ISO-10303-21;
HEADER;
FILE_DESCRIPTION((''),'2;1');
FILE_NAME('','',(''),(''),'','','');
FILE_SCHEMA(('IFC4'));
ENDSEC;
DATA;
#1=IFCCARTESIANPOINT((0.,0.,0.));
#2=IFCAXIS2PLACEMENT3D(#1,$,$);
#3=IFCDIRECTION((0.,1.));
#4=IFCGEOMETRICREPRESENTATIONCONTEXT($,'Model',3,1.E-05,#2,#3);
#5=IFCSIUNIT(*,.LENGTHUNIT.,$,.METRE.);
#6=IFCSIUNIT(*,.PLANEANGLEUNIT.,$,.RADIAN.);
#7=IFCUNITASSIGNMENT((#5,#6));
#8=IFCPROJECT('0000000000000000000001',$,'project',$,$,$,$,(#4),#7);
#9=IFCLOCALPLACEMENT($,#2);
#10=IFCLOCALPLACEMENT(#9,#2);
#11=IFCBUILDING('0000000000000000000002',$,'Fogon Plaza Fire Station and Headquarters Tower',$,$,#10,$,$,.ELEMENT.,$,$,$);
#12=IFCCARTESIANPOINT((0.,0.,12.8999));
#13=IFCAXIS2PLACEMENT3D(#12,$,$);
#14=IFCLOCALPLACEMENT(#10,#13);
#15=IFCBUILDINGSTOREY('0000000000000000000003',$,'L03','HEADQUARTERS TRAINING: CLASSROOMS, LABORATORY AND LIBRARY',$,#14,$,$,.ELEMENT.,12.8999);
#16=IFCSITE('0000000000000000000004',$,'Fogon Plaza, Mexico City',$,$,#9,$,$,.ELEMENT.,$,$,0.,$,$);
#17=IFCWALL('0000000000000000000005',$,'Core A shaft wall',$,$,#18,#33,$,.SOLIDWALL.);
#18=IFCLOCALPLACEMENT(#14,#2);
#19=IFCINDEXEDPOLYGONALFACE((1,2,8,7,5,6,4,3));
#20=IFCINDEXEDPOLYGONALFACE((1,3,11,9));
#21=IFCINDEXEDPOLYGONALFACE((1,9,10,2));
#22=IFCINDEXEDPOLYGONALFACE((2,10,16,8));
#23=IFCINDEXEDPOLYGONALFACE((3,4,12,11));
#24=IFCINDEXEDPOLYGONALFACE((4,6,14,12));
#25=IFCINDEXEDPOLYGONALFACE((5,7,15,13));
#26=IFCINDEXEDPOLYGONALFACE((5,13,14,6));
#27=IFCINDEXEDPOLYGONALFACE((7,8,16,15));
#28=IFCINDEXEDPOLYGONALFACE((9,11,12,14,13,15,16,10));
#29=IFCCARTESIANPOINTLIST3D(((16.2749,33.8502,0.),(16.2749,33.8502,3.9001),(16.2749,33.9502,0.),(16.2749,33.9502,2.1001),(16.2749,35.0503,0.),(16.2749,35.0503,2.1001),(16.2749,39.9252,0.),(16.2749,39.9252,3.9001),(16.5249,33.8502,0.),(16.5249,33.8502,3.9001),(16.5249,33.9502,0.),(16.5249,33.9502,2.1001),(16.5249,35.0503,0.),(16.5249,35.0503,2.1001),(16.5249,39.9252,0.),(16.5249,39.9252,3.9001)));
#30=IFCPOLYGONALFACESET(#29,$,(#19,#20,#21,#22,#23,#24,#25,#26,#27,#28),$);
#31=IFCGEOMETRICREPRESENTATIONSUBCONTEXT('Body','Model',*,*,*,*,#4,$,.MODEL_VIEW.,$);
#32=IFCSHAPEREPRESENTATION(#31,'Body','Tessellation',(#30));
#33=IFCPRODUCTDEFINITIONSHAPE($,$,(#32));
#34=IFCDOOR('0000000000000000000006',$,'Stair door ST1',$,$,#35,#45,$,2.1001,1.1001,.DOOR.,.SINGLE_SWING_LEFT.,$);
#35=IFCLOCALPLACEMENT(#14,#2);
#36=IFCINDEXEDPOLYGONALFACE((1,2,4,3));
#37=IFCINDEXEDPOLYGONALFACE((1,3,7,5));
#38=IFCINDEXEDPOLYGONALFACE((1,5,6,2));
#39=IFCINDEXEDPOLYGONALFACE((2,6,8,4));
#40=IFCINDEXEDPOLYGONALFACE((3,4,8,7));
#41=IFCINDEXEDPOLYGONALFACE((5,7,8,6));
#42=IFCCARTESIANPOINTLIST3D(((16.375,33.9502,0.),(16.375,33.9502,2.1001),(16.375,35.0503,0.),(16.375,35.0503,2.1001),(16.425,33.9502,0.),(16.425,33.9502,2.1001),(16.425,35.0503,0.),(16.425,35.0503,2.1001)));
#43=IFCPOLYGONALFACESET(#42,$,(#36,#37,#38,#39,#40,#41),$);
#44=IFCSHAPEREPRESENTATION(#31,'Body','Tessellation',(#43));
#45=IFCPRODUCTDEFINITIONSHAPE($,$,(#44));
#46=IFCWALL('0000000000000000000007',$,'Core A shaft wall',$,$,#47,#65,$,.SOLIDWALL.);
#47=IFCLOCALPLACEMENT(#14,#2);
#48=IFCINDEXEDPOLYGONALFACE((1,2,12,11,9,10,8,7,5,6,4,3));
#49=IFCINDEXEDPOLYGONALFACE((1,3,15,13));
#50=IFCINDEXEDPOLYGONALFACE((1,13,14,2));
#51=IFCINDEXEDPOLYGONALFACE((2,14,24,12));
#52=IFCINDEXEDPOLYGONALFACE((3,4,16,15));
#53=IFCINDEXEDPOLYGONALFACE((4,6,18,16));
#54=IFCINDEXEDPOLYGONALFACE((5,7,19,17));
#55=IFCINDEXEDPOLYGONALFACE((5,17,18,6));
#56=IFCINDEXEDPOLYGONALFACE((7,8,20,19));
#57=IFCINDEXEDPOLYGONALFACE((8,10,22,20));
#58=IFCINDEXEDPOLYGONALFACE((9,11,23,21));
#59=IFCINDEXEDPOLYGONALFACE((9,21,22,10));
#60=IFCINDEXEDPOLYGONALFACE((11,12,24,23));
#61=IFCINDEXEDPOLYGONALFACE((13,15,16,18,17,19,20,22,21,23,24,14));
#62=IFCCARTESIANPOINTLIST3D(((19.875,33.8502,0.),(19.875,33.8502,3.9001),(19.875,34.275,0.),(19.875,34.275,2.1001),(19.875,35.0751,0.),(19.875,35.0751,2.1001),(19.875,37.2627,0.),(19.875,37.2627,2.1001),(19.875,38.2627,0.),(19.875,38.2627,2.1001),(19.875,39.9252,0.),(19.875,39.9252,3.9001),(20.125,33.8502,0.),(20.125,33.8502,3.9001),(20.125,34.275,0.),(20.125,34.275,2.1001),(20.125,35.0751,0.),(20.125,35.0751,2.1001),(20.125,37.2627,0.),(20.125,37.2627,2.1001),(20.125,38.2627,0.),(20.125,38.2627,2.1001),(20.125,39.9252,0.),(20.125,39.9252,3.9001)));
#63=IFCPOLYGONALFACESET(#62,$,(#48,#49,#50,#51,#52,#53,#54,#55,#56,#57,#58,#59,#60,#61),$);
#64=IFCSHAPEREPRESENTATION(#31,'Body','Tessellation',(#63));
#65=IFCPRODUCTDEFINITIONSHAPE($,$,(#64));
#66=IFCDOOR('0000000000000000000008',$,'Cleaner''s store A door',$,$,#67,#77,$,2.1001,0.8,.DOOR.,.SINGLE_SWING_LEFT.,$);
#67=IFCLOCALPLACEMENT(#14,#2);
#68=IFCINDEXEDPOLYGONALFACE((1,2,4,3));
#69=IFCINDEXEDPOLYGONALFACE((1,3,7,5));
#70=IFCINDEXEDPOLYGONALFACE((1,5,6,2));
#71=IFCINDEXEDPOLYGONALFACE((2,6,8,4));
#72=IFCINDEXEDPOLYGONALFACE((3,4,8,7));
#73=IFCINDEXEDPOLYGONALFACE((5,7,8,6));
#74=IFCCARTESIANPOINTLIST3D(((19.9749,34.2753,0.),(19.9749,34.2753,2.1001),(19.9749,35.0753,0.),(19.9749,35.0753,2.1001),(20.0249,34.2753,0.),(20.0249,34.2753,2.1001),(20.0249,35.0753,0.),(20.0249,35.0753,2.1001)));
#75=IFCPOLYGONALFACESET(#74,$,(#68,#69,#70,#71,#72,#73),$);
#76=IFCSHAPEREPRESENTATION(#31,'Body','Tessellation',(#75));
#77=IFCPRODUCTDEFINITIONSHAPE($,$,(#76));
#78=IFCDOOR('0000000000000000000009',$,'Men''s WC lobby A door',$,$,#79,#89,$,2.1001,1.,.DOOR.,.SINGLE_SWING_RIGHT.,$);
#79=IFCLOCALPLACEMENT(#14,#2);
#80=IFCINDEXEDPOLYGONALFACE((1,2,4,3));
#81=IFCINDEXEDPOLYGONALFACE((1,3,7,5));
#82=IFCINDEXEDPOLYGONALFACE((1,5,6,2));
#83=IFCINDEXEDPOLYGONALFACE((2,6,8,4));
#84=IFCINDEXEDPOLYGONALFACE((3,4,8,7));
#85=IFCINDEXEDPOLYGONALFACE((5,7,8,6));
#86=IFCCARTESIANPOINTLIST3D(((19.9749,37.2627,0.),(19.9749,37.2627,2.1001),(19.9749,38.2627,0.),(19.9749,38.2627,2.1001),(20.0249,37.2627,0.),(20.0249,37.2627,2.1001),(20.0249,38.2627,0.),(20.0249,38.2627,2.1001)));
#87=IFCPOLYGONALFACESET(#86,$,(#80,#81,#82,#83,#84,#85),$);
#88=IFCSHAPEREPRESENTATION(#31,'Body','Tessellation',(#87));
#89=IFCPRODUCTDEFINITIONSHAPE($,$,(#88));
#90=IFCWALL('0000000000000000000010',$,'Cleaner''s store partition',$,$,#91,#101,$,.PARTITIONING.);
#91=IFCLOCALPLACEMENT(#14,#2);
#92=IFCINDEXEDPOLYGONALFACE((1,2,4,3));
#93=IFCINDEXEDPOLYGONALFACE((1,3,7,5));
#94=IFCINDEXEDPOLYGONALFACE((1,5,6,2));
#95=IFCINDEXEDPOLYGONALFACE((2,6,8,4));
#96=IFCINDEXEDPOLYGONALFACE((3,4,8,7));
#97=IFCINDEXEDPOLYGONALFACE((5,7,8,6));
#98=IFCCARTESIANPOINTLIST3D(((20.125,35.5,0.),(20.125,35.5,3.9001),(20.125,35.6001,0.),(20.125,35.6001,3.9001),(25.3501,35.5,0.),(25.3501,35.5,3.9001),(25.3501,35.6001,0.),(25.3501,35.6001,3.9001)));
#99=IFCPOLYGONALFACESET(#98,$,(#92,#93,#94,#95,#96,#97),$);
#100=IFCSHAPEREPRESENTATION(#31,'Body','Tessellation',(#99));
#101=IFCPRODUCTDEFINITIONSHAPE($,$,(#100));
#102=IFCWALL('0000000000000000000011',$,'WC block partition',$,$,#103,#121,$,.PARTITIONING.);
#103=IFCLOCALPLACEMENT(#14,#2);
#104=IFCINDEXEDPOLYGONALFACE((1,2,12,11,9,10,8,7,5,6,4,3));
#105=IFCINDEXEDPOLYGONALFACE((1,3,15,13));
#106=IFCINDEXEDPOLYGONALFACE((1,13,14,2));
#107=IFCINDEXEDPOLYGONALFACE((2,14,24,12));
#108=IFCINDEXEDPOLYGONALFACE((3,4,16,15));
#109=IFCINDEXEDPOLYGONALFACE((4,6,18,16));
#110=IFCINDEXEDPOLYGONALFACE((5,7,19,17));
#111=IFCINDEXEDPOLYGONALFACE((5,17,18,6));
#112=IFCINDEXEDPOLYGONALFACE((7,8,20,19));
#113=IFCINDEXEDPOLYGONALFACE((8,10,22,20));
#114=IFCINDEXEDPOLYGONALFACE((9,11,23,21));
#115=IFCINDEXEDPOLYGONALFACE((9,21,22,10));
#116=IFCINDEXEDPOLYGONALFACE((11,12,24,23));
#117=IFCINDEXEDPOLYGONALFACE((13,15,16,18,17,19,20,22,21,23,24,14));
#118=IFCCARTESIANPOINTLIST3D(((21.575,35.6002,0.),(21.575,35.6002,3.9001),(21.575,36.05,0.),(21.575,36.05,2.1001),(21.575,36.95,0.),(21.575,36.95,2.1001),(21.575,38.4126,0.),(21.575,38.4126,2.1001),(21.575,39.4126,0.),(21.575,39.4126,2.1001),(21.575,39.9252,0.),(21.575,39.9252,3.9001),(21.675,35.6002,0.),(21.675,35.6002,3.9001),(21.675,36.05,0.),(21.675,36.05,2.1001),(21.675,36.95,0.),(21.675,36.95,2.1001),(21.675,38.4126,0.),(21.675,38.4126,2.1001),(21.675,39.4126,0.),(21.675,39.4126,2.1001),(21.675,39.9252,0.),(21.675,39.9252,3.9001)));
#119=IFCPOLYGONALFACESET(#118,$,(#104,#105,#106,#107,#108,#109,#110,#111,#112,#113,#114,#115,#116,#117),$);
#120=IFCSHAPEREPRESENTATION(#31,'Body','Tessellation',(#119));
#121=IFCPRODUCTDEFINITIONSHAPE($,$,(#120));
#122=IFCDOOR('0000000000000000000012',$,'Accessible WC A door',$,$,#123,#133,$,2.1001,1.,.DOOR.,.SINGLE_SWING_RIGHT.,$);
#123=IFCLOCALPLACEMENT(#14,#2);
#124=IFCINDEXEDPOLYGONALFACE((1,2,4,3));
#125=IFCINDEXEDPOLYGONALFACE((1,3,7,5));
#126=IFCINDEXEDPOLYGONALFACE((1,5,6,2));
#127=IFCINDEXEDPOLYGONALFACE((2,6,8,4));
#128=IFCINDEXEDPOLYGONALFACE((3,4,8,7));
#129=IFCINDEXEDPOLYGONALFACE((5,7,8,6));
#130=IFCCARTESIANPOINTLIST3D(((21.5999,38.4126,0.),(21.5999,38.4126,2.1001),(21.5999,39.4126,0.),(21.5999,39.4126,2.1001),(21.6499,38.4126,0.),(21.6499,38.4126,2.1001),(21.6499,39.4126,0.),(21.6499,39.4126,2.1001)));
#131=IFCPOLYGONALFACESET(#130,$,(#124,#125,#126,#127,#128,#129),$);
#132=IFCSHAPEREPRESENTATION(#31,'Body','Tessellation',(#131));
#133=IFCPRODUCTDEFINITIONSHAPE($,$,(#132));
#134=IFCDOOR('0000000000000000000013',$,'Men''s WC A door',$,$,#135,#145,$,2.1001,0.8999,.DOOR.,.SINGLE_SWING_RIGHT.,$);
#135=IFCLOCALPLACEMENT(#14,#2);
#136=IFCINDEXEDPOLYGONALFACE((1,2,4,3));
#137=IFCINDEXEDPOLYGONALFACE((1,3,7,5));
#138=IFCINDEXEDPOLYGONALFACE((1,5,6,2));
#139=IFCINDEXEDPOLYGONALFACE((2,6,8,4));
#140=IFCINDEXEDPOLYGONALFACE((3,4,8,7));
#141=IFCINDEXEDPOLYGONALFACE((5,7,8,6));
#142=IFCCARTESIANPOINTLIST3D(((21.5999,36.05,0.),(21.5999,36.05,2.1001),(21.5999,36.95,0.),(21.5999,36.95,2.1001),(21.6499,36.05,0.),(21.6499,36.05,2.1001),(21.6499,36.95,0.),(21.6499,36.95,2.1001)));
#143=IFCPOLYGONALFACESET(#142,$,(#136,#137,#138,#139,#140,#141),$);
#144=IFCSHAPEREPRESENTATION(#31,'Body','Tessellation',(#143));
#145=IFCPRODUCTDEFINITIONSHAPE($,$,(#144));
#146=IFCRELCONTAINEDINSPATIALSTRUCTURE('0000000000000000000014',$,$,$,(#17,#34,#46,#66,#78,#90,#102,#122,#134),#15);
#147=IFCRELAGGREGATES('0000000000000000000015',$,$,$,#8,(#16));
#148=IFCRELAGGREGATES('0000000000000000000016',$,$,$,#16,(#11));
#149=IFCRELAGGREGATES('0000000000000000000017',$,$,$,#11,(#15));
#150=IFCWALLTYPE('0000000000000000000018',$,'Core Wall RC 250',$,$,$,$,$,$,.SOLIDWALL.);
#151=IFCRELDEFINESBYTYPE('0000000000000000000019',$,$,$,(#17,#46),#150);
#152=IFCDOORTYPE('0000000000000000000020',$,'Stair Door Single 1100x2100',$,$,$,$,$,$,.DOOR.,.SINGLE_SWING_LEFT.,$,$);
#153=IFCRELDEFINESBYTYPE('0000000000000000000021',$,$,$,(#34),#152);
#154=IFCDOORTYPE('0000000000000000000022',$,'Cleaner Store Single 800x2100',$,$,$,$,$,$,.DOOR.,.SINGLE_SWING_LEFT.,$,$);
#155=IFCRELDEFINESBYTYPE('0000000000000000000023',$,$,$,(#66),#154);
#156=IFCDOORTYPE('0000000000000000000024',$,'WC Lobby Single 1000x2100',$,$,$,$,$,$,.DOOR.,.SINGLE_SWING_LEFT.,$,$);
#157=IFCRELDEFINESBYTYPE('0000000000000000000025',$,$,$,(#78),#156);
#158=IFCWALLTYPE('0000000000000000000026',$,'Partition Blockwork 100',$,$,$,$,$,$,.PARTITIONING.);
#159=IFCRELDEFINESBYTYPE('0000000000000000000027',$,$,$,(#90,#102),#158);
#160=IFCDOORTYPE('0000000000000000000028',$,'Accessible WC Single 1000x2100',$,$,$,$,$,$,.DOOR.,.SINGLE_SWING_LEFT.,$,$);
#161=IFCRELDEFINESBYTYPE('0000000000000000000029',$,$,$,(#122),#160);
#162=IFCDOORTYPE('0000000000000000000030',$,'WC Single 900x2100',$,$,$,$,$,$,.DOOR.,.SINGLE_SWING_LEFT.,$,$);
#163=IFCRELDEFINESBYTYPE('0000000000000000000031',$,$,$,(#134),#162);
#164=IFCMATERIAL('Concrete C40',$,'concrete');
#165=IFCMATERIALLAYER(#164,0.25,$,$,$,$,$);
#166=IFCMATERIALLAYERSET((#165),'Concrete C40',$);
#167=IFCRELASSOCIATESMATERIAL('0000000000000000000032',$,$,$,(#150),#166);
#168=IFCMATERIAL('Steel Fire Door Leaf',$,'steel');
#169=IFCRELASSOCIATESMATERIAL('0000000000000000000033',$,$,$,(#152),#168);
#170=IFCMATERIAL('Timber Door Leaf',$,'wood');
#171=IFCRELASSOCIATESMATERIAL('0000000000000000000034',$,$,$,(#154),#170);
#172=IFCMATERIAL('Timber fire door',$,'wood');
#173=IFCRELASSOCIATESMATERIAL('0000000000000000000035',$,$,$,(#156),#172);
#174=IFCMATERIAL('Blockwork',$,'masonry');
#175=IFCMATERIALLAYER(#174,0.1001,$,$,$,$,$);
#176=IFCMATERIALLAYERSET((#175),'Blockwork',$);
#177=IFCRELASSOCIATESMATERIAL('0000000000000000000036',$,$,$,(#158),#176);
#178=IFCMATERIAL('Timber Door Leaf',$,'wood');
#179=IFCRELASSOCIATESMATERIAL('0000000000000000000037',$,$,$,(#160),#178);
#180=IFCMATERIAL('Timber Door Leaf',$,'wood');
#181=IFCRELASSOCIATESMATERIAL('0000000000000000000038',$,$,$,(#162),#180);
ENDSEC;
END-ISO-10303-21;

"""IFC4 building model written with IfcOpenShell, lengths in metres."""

from ifc_helpers import new_model, si_unit, direction, frame, frame_2d, origin, place, context, subcontext, project, spatial, rectangle, extrude, material, layer, layer_set, type_object, element, fill, save


model = new_model("IFC4")

# Units and contexts
model_context = context("Model", 3, precision=1e-05, world=origin(), true_north=direction((0.0, 1.0)))
body_context = subcontext(model_context, "Body", "Model", "MODEL_VIEW")
ifc_project = project(units=[si_unit("LENGTHUNIT", "METRE"), si_unit("PLANEANGLEUNIT", "RADIAN")], contexts=[model_context])

# Site, building, storey
site_placement = place(None, origin())
site = spatial("IfcSite", under=ifc_project, at=site_placement, Name="Fogon Plaza, Mexico City", CompositionType="ELEMENT", RefElevation=0.0)
building_placement = place(site_placement, origin())
building = spatial("IfcBuilding", under=site, at=building_placement, Name="Fogon Plaza Fire Station and Headquarters Tower", CompositionType="ELEMENT")
storey_placement = place(building_placement, frame((0.0, 0.0, 12.8999)))
storey = spatial("IfcBuildingStorey", under=building, at=storey_placement, Name="L03", Description="HEADQUARTERS TRAINING: CLASSROOMS, LABORATORY AND LIBRARY", CompositionType="ELEMENT", Elevation=12.8999)

# Wall, opening, door
ifc_material_1 = material(Name="Concrete C40", Category="concrete")
ifc_layer_1 = layer(ifc_material_1, 0.25)
ifc_layer_set_1 = layer_set([ifc_layer_1], Name="Concrete C40")
wall_type_1 = type_object("IfcWallType", Name="Core Wall RC 250", PredefinedType="SOLIDWALL", material=ifc_layer_set_1)
wall_1_placement = place(storey_placement, frame((16.3999, 33.8501, 0.0), z_axis=(0.0, 0.0, 1.0), x_axis=(0.0, 1.0, 0.0)))
wall_1 = element("IfcWall", 1, at=wall_1_placement, inside=storey, type_object=wall_type_1, Name="Core A shaft wall", PredefinedType="SOLIDWALL", context=body_context, shape_type="SweptSolid", body=[
    extrude(rectangle(XDim=6.075, YDim=0.25, at=frame_2d((3.0376, 0.0))), origin(), (0.0, 0.0, 1.0), 3.9001),
])
opening_1_placement = place(wall_1_placement, frame((0.1001, 0.0, 0.0)))
opening_1 = element("IfcOpeningElement", 2, at=opening_1_placement, cuts=wall_1, PredefinedType="OPENING", context=body_context, shape_type="SweptSolid", body=[
    extrude(rectangle(XDim=1.1001, YDim=2.1001, at=frame_2d((0.55, 1.05))), frame((0.0, 0.135, 0.0), z_axis=(0.0, -1.0, 0.0), x_axis=(1.0, 0.0, 0.0)), (0.0, 0.0, 1.0), 0.27),
])
ifc_material_2 = material(Name="Steel Fire Door Leaf", Category="steel")
door_type_1 = type_object("IfcDoorType", Name="Stair Door Single 1100x2100", OperationType="SINGLE_SWING_LEFT", PredefinedType="DOOR", material=ifc_material_2)
door_1_placement = place(opening_1_placement, origin())
door_1 = element("IfcDoor", 3, at=door_1_placement, inside=storey, type_object=door_type_1, Name="Stair door ST1", OperationType="SINGLE_SWING_LEFT", OverallHeight=2.1001, OverallWidth=1.1001, PredefinedType="DOOR", context=body_context, shape_type="SweptSolid", body=[
    extrude(rectangle(XDim=1.1001, YDim=2.1001, at=frame_2d((0.55, 1.05))), frame((0.0, 0.0249, 0.0), z_axis=(0.0, -1.0, 0.0), x_axis=(1.0, 0.0, 0.0)), (0.0, 0.0, 1.0), 0.05),
])
fill(opening_1, door_1)

# Wall, openings, doors
wall_2_placement = place(storey_placement, frame((20.0, 33.8501, 0.0), z_axis=(0.0, 0.0, 1.0), x_axis=(0.0, 1.0, 0.0)))
wall_2 = element("IfcWall", 4, at=wall_2_placement, inside=storey, type_object=wall_type_1, Name="Core A shaft wall", PredefinedType="SOLIDWALL", context=body_context, shape_type="SweptSolid", body=[
    extrude(rectangle(XDim=6.075, YDim=0.25, at=frame_2d((3.0376, 0.0))), origin(), (0.0, 0.0, 1.0), 3.9001),
])
opening_2_placement = place(wall_2_placement, frame((0.425, 0.0, 0.0)))
opening_2 = element("IfcOpeningElement", 5, at=opening_2_placement, cuts=wall_2, PredefinedType="OPENING", context=body_context, shape_type="SweptSolid", body=[
    extrude(rectangle(XDim=0.8, YDim=2.1001, at=frame_2d((0.3999, 1.05))), frame((0.0, 0.135, 0.0), z_axis=(0.0, -1.0, 0.0), x_axis=(1.0, 0.0, 0.0)), (0.0, 0.0, 1.0), 0.27),
])
opening_3_placement = place(wall_2_placement, frame((3.4126, 0.0, 0.0)))
opening_3 = element("IfcOpeningElement", 6, at=opening_3_placement, cuts=wall_2, PredefinedType="OPENING", context=body_context, shape_type="SweptSolid", body=[
    extrude(rectangle(XDim=1.0, YDim=2.1001, at=frame_2d((0.5, 1.05))), frame((0.0, 0.135, 0.0), z_axis=(0.0, -1.0, 0.0), x_axis=(1.0, 0.0, 0.0)), (0.0, 0.0, 1.0), 0.27),
])
ifc_material_3 = material(Name="Timber Door Leaf", Category="wood")
door_type_2 = type_object("IfcDoorType", Name="Cleaner Store Single 800x2100", OperationType="SINGLE_SWING_LEFT", PredefinedType="DOOR", material=ifc_material_3)
door_2_placement = place(opening_2_placement, frame((0.8, 0.0, 0.0), z_axis=(0.0, 0.0, 1.0), x_axis=(-1.0, 0.0, 0.0)))
door_2 = element("IfcDoor", 7, at=door_2_placement, inside=storey, type_object=door_type_2, Name="Cleaner's store A door", OperationType="SINGLE_SWING_LEFT", OverallHeight=2.1001, OverallWidth=0.8, PredefinedType="DOOR", context=body_context, shape_type="SweptSolid", body=[
    extrude(rectangle(XDim=0.8, YDim=2.1001, at=frame_2d((0.3999, 1.05))), frame((0.0, 0.0249, 0.0), z_axis=(0.0, -1.0, 0.0), x_axis=(1.0, 0.0, 0.0)), (0.0, 0.0, 1.0), 0.05),
])
fill(opening_2, door_2)
ifc_material_4 = material(Name="Timber fire door", Category="wood")
door_type_3 = type_object("IfcDoorType", Name="WC Lobby Single 1000x2100", OperationType="SINGLE_SWING_LEFT", PredefinedType="DOOR", material=ifc_material_4)
door_3_placement = place(opening_3_placement, frame((1.0, 0.0, 0.0), z_axis=(0.0, 0.0, 1.0), x_axis=(-1.0, 0.0, 0.0)))
door_3 = element("IfcDoor", 8, at=door_3_placement, inside=storey, type_object=door_type_3, Name="Men's WC lobby A door", OperationType="SINGLE_SWING_RIGHT", OverallHeight=2.1001, OverallWidth=1.0, PredefinedType="DOOR", context=body_context, shape_type="SweptSolid", body=[
    extrude(rectangle(XDim=1.0, YDim=2.1001, at=frame_2d((0.5, 1.05))), frame((0.0, 0.0249, 0.0), z_axis=(0.0, -1.0, 0.0), x_axis=(1.0, 0.0, 0.0)), (0.0, 0.0, 1.0), 0.05),
])
fill(opening_3, door_3)

# Wall
ifc_material_5 = material(Name="Blockwork", Category="masonry")
ifc_layer_2 = layer(ifc_material_5, 0.1001)
ifc_layer_set_2 = layer_set([ifc_layer_2], Name="Blockwork")
wall_type_2 = type_object("IfcWallType", Name="Partition Blockwork 100", PredefinedType="PARTITIONING", material=ifc_layer_set_2)
wall_3_placement = place(storey_placement, frame((20.125, 35.55, 0.0), z_axis=(0.0, 0.0, 1.0), x_axis=(1.0, 0.0, 0.0)))
element("IfcWall", 9, at=wall_3_placement, inside=storey, type_object=wall_type_2, Name="Cleaner's store partition", PredefinedType="PARTITIONING", context=body_context, shape_type="SweptSolid", body=[
    extrude(rectangle(XDim=5.2251, YDim=0.1001, at=frame_2d((2.6125, 0.0))), origin(), (0.0, 0.0, 1.0), 3.9001),
])

# Wall, openings, doors
wall_4_placement = place(storey_placement, frame((21.625, 35.6001, 0.0), z_axis=(0.0, 0.0, 1.0), x_axis=(0.0, 1.0, 0.0)))
wall_4 = element("IfcWall", 10, at=wall_4_placement, inside=storey, type_object=wall_type_2, Name="WC block partition", PredefinedType="PARTITIONING", context=body_context, shape_type="SweptSolid", body=[
    extrude(rectangle(XDim=4.325, YDim=0.1001, at=frame_2d((2.1626, 0.0))), origin(), (0.0, 0.0, 1.0), 3.9001),
])
opening_4_placement = place(wall_4_placement, frame((0.45, 0.0, 0.0)))
opening_4 = element("IfcOpeningElement", 11, at=opening_4_placement, cuts=wall_4, PredefinedType="OPENING", context=body_context, shape_type="SweptSolid", body=[
    extrude(rectangle(XDim=0.8999, YDim=2.1001, at=frame_2d((0.45, 1.05))), frame((0.0, 0.0601, 0.0), z_axis=(0.0, -1.0, 0.0), x_axis=(1.0, 0.0, 0.0)), (0.0, 0.0, 1.0), 0.1201),
])
opening_5_placement = place(wall_4_placement, frame((2.8125, 0.0, 0.0)))
opening_5 = element("IfcOpeningElement", 12, at=opening_5_placement, cuts=wall_4, PredefinedType="OPENING", context=body_context, shape_type="SweptSolid", body=[
    extrude(rectangle(XDim=1.0, YDim=2.1001, at=frame_2d((0.5, 1.05))), frame((0.0, 0.0601, 0.0), z_axis=(0.0, -1.0, 0.0), x_axis=(1.0, 0.0, 0.0)), (0.0, 0.0, 1.0), 0.1201),
])
ifc_material_6 = material(Name="Timber Door Leaf", Category="wood")
door_type_4 = type_object("IfcDoorType", Name="Accessible WC Single 1000x2100", OperationType="SINGLE_SWING_LEFT", PredefinedType="DOOR", material=ifc_material_6)
door_4_placement = place(opening_5_placement, frame((1.0, 0.0, 0.0), z_axis=(0.0, 0.0, 1.0), x_axis=(-1.0, 0.0, 0.0)))
door_4 = element("IfcDoor", 13, at=door_4_placement, inside=storey, type_object=door_type_4, Name="Accessible WC A door", OperationType="SINGLE_SWING_RIGHT", OverallHeight=2.1001, OverallWidth=1.0, PredefinedType="DOOR", context=body_context, shape_type="SweptSolid", body=[
    extrude(rectangle(XDim=1.0, YDim=2.1001, at=frame_2d((0.5, 1.05))), frame((0.0, 0.0249, 0.0), z_axis=(0.0, -1.0, 0.0), x_axis=(1.0, 0.0, 0.0)), (0.0, 0.0, 1.0), 0.05),
])
fill(opening_5, door_4)
ifc_material_7 = material(Name="Timber Door Leaf", Category="wood")
door_type_5 = type_object("IfcDoorType", Name="WC Single 900x2100", OperationType="SINGLE_SWING_LEFT", PredefinedType="DOOR", material=ifc_material_7)
door_5_placement = place(opening_4_placement, frame((0.8999, 0.0, 0.0), z_axis=(0.0, 0.0, 1.0), x_axis=(-1.0, 0.0, 0.0)))
door_5 = element("IfcDoor", 14, at=door_5_placement, inside=storey, type_object=door_type_5, Name="Men's WC A door", OperationType="SINGLE_SWING_RIGHT", OverallHeight=2.1001, OverallWidth=0.8999, PredefinedType="DOOR", context=body_context, shape_type="SweptSolid", body=[
    extrude(rectangle(XDim=0.8999, YDim=2.1001, at=frame_2d((0.45, 1.05))), frame((0.0, 0.0249, 0.0), z_axis=(0.0, -1.0, 0.0), x_axis=(1.0, 0.0, 0.0)), (0.0, 0.0, 1.0), 0.05),
])
fill(opening_4, door_5)

save(model, "model.ifc")
